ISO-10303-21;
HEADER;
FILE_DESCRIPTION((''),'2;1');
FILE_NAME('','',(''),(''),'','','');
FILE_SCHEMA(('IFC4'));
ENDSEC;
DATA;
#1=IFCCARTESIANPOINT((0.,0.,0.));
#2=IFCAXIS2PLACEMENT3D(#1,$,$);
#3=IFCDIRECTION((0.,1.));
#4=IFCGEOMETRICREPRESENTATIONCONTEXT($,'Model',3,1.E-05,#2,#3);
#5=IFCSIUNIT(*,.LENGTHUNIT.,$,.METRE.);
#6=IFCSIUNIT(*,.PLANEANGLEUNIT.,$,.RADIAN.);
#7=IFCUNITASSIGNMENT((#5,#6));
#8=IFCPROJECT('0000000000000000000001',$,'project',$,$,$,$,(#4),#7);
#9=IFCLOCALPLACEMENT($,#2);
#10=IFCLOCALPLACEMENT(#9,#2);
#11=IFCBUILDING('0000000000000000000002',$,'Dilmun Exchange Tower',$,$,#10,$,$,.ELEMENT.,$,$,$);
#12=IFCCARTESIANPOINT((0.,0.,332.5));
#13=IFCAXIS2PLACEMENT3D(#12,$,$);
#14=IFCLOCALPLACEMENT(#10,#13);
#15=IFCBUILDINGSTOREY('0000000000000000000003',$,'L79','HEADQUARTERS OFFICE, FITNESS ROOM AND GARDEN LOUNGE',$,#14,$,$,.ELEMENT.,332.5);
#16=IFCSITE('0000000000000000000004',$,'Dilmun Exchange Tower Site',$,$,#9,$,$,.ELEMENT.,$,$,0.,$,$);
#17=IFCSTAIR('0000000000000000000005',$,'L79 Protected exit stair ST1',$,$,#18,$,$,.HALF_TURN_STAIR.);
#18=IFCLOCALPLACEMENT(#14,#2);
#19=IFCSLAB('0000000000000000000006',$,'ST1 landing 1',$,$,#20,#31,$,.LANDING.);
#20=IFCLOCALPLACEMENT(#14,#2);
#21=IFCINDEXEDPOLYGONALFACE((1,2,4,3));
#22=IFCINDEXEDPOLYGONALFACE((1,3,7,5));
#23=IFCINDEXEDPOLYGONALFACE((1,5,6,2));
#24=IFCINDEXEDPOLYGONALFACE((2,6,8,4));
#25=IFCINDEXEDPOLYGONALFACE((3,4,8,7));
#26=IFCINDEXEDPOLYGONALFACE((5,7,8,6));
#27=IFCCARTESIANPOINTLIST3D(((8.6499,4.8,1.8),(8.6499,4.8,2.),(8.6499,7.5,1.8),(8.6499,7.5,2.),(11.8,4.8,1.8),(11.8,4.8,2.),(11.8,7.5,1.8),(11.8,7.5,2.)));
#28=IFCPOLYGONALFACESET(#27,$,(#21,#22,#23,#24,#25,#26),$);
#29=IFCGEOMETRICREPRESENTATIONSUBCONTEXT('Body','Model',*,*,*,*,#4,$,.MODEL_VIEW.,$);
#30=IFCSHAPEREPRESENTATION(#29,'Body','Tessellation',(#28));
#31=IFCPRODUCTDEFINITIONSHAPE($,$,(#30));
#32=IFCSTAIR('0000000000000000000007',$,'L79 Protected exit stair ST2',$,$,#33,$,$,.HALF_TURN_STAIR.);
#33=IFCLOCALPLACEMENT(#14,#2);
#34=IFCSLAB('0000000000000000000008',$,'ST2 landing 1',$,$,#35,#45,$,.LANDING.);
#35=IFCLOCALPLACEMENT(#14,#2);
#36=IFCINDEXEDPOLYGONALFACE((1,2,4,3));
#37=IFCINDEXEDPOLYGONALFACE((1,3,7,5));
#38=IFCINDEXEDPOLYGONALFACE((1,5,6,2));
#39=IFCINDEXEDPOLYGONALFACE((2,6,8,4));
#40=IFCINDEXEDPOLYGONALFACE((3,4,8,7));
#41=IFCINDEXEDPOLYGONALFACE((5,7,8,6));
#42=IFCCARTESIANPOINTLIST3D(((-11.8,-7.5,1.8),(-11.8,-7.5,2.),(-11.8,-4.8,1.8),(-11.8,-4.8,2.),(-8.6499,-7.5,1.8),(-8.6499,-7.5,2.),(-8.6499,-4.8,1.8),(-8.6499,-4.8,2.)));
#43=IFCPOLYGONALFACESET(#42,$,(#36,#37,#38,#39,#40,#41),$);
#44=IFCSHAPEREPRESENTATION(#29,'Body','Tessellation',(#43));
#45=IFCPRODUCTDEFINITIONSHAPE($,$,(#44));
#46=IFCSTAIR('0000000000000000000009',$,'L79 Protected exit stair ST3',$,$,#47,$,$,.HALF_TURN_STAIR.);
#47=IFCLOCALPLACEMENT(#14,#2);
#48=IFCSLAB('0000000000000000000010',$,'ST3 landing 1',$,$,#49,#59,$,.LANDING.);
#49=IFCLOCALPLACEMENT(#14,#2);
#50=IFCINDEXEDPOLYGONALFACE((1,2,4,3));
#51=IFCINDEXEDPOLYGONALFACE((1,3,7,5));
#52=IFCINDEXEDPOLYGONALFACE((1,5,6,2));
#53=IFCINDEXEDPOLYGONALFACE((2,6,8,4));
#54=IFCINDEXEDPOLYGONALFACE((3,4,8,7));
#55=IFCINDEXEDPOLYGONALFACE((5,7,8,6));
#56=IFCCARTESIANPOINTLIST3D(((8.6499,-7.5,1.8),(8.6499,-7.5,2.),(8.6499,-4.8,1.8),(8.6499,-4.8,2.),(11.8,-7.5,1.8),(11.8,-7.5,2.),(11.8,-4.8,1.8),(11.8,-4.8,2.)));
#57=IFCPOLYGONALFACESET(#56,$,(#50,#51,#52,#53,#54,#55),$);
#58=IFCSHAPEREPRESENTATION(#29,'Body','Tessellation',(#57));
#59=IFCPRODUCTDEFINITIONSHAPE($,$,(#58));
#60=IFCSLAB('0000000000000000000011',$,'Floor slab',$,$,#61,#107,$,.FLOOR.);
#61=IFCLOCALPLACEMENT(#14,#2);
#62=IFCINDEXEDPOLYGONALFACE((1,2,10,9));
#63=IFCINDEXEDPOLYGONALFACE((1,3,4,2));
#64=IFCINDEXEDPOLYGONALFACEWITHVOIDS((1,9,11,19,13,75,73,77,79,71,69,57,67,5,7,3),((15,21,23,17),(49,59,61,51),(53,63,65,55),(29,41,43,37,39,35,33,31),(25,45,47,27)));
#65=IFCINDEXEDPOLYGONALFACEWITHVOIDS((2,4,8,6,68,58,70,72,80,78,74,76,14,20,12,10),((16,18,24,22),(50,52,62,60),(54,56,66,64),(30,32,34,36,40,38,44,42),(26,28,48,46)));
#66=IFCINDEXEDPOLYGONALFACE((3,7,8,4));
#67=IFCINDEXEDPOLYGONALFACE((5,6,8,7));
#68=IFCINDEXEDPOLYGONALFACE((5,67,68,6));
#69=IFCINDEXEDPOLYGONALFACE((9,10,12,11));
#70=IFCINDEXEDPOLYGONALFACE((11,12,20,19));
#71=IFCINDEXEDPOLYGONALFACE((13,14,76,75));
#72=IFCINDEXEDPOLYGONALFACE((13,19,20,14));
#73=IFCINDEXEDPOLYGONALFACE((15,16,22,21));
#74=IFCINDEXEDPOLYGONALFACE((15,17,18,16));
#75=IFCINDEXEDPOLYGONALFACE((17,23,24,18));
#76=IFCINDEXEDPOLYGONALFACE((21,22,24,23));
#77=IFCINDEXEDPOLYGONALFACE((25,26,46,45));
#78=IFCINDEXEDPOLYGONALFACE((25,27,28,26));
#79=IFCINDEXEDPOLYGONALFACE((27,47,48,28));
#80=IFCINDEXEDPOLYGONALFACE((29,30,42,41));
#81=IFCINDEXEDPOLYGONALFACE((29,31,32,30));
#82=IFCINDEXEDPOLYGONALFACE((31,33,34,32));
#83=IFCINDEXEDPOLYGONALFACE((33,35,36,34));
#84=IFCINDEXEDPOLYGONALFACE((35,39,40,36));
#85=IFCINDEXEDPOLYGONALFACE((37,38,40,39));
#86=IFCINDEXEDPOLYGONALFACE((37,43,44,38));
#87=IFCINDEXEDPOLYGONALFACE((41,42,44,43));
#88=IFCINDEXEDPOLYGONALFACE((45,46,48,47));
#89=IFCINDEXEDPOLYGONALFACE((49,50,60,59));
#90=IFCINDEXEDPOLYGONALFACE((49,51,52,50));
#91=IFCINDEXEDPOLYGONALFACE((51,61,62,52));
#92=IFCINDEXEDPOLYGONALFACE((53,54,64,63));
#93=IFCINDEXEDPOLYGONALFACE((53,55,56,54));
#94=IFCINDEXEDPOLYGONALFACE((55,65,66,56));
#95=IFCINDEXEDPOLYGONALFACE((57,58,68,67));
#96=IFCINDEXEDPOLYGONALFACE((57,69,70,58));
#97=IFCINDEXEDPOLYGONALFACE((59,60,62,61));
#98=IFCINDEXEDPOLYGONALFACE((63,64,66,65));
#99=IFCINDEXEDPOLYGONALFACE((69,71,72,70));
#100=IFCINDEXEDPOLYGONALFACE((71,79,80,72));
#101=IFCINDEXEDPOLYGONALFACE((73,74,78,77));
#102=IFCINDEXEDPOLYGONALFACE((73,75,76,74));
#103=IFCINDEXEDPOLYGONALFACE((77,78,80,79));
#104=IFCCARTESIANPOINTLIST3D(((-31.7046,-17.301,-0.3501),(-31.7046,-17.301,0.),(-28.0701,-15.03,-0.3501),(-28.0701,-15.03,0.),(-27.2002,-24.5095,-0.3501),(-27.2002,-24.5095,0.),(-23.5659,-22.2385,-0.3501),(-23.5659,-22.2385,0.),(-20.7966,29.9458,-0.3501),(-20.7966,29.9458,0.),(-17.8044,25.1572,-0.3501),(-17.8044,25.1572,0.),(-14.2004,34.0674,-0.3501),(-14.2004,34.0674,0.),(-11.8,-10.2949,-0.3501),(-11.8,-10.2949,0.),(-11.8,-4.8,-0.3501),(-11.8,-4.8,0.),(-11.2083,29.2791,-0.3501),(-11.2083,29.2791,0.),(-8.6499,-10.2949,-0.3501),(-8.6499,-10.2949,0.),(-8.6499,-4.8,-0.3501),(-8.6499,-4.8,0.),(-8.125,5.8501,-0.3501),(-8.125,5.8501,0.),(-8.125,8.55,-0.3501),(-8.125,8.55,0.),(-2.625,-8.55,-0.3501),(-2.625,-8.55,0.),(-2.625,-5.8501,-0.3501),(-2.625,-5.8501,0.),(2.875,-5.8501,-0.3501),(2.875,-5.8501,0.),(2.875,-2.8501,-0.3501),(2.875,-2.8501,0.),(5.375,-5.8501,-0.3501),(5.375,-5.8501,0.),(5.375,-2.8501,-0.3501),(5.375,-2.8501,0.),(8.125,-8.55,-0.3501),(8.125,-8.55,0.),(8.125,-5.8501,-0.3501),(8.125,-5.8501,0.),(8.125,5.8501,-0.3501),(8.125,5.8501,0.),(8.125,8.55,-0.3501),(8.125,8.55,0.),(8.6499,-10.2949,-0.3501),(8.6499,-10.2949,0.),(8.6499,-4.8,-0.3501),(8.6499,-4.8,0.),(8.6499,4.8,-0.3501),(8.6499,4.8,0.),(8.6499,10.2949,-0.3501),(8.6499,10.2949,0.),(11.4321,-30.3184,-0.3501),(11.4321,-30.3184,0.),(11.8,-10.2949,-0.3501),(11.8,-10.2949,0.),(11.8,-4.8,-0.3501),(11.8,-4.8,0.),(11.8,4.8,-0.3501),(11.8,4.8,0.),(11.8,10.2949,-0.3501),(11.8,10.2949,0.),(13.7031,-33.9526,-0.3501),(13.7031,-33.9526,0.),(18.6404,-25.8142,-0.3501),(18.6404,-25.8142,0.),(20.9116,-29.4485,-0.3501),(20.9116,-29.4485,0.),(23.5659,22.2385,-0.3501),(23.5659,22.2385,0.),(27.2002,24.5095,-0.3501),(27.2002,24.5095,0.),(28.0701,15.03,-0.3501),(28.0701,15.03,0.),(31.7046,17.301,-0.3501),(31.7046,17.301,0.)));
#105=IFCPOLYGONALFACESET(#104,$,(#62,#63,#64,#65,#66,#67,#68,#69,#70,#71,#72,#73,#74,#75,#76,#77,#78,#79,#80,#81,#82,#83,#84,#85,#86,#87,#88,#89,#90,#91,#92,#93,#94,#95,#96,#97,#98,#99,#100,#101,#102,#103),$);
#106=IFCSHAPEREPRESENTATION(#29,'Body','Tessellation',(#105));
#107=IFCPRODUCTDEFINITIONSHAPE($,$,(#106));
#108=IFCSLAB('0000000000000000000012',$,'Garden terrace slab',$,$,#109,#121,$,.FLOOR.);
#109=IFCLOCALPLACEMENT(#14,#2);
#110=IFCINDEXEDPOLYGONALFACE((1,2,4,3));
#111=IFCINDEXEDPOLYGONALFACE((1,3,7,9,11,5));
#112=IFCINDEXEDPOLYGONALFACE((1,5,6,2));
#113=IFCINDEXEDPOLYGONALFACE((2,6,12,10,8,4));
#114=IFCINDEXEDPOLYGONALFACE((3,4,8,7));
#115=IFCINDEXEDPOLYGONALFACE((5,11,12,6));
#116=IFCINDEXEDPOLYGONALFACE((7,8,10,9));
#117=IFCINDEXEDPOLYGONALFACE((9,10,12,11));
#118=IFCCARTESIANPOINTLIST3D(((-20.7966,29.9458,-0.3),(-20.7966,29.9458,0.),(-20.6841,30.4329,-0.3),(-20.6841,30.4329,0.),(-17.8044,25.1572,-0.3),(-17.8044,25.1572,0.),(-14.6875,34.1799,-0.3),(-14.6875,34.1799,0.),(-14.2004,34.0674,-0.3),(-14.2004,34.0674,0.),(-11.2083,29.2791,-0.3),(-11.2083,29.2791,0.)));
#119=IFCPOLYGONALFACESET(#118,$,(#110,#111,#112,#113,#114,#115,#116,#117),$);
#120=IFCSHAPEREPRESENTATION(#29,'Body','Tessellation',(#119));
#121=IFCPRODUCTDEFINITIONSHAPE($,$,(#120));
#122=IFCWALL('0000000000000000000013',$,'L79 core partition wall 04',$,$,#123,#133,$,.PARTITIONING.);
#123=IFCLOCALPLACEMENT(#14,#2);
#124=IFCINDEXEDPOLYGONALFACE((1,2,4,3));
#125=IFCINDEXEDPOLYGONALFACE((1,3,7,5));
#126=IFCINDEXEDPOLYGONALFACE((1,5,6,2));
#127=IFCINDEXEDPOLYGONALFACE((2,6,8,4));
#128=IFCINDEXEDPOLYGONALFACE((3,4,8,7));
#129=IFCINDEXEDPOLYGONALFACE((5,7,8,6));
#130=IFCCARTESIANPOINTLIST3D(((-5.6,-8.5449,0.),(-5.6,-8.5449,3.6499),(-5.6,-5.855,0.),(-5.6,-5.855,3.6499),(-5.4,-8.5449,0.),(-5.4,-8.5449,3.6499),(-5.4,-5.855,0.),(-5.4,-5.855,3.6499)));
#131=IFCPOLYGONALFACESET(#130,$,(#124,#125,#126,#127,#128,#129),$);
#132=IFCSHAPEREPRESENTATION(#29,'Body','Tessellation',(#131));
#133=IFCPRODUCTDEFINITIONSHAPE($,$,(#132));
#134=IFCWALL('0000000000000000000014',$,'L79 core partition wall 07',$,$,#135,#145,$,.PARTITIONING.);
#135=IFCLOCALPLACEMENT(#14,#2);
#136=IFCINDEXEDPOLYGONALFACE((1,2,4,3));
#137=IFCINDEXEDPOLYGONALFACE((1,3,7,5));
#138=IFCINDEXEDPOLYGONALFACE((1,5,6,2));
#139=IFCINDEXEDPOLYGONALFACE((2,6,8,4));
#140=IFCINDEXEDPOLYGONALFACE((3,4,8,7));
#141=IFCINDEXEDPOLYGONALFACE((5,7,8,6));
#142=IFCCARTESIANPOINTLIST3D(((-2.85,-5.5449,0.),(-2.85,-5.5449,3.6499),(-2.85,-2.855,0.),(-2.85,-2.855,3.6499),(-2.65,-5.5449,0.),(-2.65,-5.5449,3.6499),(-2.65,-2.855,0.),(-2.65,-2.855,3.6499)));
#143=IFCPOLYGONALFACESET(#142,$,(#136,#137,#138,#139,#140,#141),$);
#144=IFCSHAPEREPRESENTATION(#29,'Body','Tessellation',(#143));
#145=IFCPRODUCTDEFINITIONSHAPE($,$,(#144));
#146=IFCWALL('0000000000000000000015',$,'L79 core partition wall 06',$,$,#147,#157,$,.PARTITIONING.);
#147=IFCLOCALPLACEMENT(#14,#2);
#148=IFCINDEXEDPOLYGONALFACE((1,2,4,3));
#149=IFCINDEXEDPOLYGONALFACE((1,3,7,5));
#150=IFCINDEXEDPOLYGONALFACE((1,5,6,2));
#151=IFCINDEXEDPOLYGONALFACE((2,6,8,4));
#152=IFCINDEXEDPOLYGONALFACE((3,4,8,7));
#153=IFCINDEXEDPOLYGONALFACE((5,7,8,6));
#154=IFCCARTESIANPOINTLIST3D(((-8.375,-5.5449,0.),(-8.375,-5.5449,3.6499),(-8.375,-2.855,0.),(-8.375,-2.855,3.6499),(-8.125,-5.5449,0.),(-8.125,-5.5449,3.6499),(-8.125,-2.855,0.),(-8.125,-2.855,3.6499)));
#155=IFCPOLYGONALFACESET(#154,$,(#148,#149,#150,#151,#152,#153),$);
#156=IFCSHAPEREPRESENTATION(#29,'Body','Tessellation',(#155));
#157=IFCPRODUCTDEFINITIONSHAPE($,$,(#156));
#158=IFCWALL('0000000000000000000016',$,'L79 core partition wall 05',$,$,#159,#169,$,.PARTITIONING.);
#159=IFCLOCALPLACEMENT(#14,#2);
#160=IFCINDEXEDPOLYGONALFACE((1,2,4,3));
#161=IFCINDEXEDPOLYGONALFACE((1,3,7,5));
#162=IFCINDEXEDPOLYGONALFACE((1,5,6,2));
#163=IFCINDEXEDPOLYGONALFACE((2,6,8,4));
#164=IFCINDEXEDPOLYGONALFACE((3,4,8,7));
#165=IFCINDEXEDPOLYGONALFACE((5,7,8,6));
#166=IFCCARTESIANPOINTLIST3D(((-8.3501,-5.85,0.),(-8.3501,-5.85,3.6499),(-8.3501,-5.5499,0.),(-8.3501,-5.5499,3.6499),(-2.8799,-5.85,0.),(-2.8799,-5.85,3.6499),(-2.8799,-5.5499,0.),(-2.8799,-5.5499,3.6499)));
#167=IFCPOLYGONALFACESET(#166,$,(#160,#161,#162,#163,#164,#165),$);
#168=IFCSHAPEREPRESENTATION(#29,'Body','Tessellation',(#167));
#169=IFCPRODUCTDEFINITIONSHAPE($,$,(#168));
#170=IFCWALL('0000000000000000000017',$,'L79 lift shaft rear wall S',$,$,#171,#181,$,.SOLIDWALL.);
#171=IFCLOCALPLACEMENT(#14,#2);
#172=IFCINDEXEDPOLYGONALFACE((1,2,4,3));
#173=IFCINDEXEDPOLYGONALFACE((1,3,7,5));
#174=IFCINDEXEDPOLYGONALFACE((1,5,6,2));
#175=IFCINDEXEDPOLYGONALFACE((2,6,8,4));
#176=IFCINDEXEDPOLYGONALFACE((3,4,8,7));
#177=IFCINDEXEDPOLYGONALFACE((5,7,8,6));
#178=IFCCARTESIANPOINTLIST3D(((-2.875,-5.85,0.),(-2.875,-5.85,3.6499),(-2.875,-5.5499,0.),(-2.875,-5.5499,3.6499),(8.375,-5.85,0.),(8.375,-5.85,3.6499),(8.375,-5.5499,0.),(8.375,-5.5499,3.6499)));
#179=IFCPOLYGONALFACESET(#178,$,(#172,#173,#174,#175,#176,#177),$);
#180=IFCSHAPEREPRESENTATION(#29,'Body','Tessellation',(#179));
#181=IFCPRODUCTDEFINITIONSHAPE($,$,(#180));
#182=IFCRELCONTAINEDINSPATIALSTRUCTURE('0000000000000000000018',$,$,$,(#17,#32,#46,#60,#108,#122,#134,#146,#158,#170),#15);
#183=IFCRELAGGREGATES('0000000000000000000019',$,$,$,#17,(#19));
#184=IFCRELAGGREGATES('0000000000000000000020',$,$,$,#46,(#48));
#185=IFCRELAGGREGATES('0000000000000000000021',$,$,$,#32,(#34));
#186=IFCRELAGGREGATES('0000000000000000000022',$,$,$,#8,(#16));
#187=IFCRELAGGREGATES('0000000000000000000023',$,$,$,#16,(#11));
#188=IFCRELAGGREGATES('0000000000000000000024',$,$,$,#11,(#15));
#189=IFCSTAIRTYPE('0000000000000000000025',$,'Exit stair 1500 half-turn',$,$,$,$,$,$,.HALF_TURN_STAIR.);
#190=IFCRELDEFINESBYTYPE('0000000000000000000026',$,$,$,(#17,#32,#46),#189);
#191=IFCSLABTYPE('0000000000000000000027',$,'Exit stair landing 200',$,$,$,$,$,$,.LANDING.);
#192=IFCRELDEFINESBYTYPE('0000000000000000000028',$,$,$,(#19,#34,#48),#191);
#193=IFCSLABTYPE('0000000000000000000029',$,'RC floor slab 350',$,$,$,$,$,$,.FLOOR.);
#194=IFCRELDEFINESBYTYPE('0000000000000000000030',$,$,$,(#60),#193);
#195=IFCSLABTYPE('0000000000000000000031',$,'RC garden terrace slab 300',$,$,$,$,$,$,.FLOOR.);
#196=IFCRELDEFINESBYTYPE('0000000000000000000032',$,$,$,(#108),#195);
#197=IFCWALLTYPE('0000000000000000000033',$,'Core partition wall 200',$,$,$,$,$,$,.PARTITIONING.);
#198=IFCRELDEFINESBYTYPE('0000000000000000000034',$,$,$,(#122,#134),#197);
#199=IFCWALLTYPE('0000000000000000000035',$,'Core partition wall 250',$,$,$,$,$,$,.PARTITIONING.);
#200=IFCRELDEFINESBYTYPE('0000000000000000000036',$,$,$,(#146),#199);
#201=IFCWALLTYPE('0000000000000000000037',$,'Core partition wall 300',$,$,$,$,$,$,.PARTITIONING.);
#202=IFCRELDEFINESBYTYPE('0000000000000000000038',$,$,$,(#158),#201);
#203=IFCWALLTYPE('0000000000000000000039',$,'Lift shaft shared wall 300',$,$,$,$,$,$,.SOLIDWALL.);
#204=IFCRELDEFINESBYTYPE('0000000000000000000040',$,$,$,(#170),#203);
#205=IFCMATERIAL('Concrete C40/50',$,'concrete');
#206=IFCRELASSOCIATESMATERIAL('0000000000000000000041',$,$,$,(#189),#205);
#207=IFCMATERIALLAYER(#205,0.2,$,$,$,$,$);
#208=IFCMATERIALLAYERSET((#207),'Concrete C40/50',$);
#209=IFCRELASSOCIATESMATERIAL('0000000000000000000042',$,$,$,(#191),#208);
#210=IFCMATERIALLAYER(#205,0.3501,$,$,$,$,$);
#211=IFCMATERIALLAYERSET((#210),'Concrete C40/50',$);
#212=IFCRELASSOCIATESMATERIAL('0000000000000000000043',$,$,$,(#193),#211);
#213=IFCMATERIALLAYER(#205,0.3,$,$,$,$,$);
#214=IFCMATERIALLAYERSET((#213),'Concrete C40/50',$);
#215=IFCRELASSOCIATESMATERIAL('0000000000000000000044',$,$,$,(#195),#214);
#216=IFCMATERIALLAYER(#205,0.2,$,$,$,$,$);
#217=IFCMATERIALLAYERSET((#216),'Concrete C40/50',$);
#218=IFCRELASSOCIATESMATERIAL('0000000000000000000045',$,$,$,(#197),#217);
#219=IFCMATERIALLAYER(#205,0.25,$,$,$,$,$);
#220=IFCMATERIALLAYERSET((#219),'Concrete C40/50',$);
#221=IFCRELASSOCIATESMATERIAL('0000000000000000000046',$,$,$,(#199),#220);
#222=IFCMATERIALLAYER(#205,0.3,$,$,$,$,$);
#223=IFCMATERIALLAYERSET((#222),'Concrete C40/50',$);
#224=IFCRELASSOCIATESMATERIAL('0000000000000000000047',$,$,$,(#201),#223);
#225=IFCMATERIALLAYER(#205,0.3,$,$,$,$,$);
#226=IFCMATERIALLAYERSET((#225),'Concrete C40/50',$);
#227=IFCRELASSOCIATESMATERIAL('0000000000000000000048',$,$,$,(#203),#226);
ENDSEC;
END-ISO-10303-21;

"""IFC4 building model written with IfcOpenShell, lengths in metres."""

from ifc_helpers import new_model, si_unit, direction, frame, frame_2d, origin, place, context, subcontext, project, spatial, polyline, rectangle, outline, extrude, material, layer, layer_set, type_object, element, aggregate, save


model = new_model("IFC4")

# Units and contexts
model_context = context("Model", 3, precision=1e-05, world=origin(), true_north=direction((0.0, 1.0)))
body_context = subcontext(model_context, "Body", "Model", "MODEL_VIEW")
ifc_project = project(units=[si_unit("LENGTHUNIT", "METRE"), si_unit("PLANEANGLEUNIT", "RADIAN")], contexts=[model_context])

# Site, building, storey
site_placement = place(None, origin())
site = spatial("IfcSite", under=ifc_project, at=site_placement, Name="Dilmun Exchange Tower Site", CompositionType="ELEMENT", RefElevation=0.0)
building_placement = place(site_placement, origin())
building = spatial("IfcBuilding", under=site, at=building_placement, Name="Dilmun Exchange Tower", CompositionType="ELEMENT")
storey_placement = place(building_placement, frame((0.0, 0.0, 332.5)))
storey = spatial("IfcBuildingStorey", under=building, at=storey_placement, Name="L79", Description="HEADQUARTERS OFFICE, FITNESS ROOM AND GARDEN LOUNGE", CompositionType="ELEMENT", Elevation=332.5)

# Stairs, slabs
ifc_material_1 = material(Name="Concrete C40/50", Category="concrete")
stair_type = type_object("IfcStairType", Name="Exit stair 1500 half-turn", PredefinedType="HALF_TURN_STAIR", material=ifc_material_1)
stair_1_placement = place(storey_placement, origin())
stair_1 = element("IfcStair", 1, at=stair_1_placement, inside=storey, type_object=stair_type, Name="L79 Protected exit stair ST1", PredefinedType="HALF_TURN_STAIR")
ifc_layer_1 = layer(ifc_material_1, 0.2)
ifc_layer_set_1 = layer_set([ifc_layer_1], Name="Concrete C40/50")
slab_type_1 = type_object("IfcSlabType", Name="Exit stair landing 200", PredefinedType="LANDING", material=ifc_layer_set_1)
slab_1_placement = place(storey_placement, frame((0.0, 0.0, 1.8)))
slab_1 = element("IfcSlab", 2, at=slab_1_placement, type_object=slab_type_1, Name="ST1 landing 1", PredefinedType="LANDING", context=body_context, shape_type="SweptSolid", body=[
    extrude(outline(polyline([(8.6499, 7.5), (8.6499, 4.8), (11.8, 4.8), (11.8, 7.5), (8.6499, 7.5)])), origin(), (0.0, 0.0, 1.0), 0.2),
])
aggregate(stair_1, [slab_1])
stair_2_placement = place(storey_placement, origin())
stair_2 = element("IfcStair", 3, at=stair_2_placement, inside=storey, type_object=stair_type, Name="L79 Protected exit stair ST2", PredefinedType="HALF_TURN_STAIR")
slab_2_placement = place(storey_placement, frame((0.0, 0.0, 1.8)))
slab_2 = element("IfcSlab", 4, at=slab_2_placement, type_object=slab_type_1, Name="ST2 landing 1", PredefinedType="LANDING", context=body_context, shape_type="SweptSolid", body=[
    extrude(outline(polyline([(-8.6499, -7.5), (-8.6499, -4.8), (-11.8, -4.8), (-11.8, -7.5), (-8.6499, -7.5)])), origin(), (0.0, 0.0, 1.0), 0.2),
])
stair_3_placement = place(storey_placement, origin())
stair_3 = element("IfcStair", 5, at=stair_3_placement, inside=storey, type_object=stair_type, Name="L79 Protected exit stair ST3", PredefinedType="HALF_TURN_STAIR")
slab_3_placement = place(storey_placement, frame((0.0, 0.0, 1.8)))
slab_3 = element("IfcSlab", 6, at=slab_3_placement, type_object=slab_type_1, Name="ST3 landing 1", PredefinedType="LANDING", context=body_context, shape_type="SweptSolid", body=[
    extrude(outline(polyline([(11.8, -7.5), (11.8, -4.8), (8.6499, -4.8), (8.6499, -7.5), (11.8, -7.5)])), origin(), (0.0, 0.0, 1.0), 0.2),
])
aggregate(stair_3, [slab_3])

# Slabs
ifc_layer_2 = layer(ifc_material_1, 0.3501)
ifc_layer_set_2 = layer_set([ifc_layer_2], Name="Concrete C40/50")
slab_type_2 = type_object("IfcSlabType", Name="RC floor slab 350", PredefinedType="FLOOR", material=ifc_layer_set_2)
slab_4_placement = place(storey_placement, frame((0.0, 0.0, -0.3501)))
element("IfcSlab", 7, at=slab_4_placement, inside=storey, type_object=slab_type_2, Name="Floor slab", PredefinedType="FLOOR", context=body_context, shape_type="SweptSolid", body=[
    extrude(outline(polyline([(23.5659, 22.2385), (28.0701, 15.03), (31.7046, 17.301), (20.9116, -29.4485), (18.6404, -25.8142), (11.4321, -30.3184), (13.7031, -33.9526), (-27.2002, -24.5095), (-23.5659, -22.2385), (-28.0701, -15.03), (-31.7046, -17.301), (-20.7966, 29.9458), (-17.8044, 25.1572), (-11.2083, 29.2791), (-14.2004, 34.0674), (27.2002, 24.5095), (23.5659, 22.2385)]), holes=[polyline([(-8.6499, -4.8), (-11.8, -4.8), (-11.8, -10.2949), (-8.6499, -10.2949), (-8.6499, -4.8)]), polyline([(11.8, -4.8), (8.6499, -4.8), (8.6499, -10.2949), (11.8, -10.2949), (11.8, -4.8)]), polyline([(2.875, -5.8501), (-2.625, -5.8501), (-2.625, -8.55), (8.125, -8.55), (8.125, -5.8501), (5.375, -5.8501), (5.375, -2.8501), (2.875, -2.8501), (2.875, -5.8501)]), polyline([(8.125, 5.8501), (8.125, 8.55), (-8.125, 8.55), (-8.125, 5.8501), (8.125, 5.8501)]), polyline([(8.6499, 10.2949), (8.6499, 4.8), (11.8, 4.8), (11.8, 10.2949), (8.6499, 10.2949)])]), origin(), (0.0, 0.0, 1.0), 0.3501),
])
ifc_layer_3 = layer(ifc_material_1, 0.3)
ifc_layer_set_3 = layer_set([ifc_layer_3], Name="Concrete C40/50")
slab_type_3 = type_object("IfcSlabType", Name="RC garden terrace slab 300", PredefinedType="FLOOR", material=ifc_layer_set_3)
slab_5_placement = place(storey_placement, frame((0.0, 0.0, -0.3)))
element("IfcSlab", 8, at=slab_5_placement, inside=storey, type_object=slab_type_3, Name="Garden terrace slab", PredefinedType="FLOOR", context=body_context, shape_type="SweptSolid", body=[
    extrude(outline(polyline([(-17.8044, 25.1572), (-20.7966, 29.9458), (-20.6841, 30.4329), (-14.6875, 34.1799), (-14.2004, 34.0674), (-11.2083, 29.2791), (-17.8044, 25.1572)])), origin(), (0.0, 0.0, 1.0), 0.3),
])

# Walls
ifc_layer_4 = layer(ifc_material_1, 0.2)
ifc_layer_set_4 = layer_set([ifc_layer_4], Name="Concrete C40/50")
wall_type_1 = type_object("IfcWallType", Name="Core partition wall 200", PredefinedType="PARTITIONING", material=ifc_layer_set_4)
for number, where, z_axis, x_axis, name in (
    (9, (-5.5, -8.5449, 0.0), (0.0, 0.0, 1.0), (0.0, 1.0, 0.0), "L79 core partition wall 04"),
    (10, (-2.75, -5.5449, 0.0), (0.0, 0.0, 1.0), (0.0, 1.0, 0.0), "L79 core partition wall 07"),
):
    element("IfcWall", number, at=place(storey_placement, frame(where, z_axis=z_axis, x_axis=x_axis)), inside=storey, type_object=wall_type_1, Name=name, PredefinedType="PARTITIONING", context=body_context, shape_type="SweptSolid", body=[
        extrude(rectangle(XDim=2.6899, YDim=0.2, at=frame_2d((1.345, 0.0))), origin(), (0.0, 0.0, 1.0), 3.6499),
    ])

# Walls
ifc_layer_5 = layer(ifc_material_1, 0.25)
ifc_layer_set_5 = layer_set([ifc_layer_5], Name="Concrete C40/50")
wall_type_2 = type_object("IfcWallType", Name="Core partition wall 250", PredefinedType="PARTITIONING", material=ifc_layer_set_5)
wall_1_placement = place(storey_placement, frame((-8.25, -5.5449, 0.0), z_axis=(0.0, 0.0, 1.0), x_axis=(0.0, 1.0, 0.0)))
element("IfcWall", 11, at=wall_1_placement, inside=storey, type_object=wall_type_2, Name="L79 core partition wall 06", PredefinedType="PARTITIONING", context=body_context, shape_type="SweptSolid", body=[
    extrude(rectangle(XDim=2.6899, YDim=0.25, at=frame_2d((1.345, 0.0))), origin(), (0.0, 0.0, 1.0), 3.6499),
])
ifc_layer_6 = layer(ifc_material_1, 0.3)
ifc_layer_set_6 = layer_set([ifc_layer_6], Name="Concrete C40/50")
wall_type_3 = type_object("IfcWallType", Name="Core partition wall 300", PredefinedType="PARTITIONING", material=ifc_layer_set_6)
wall_2_placement = place(storey_placement, frame((-8.3501, -5.7, 0.0), z_axis=(0.0, 0.0, 1.0), x_axis=(1.0, 0.0, 0.0)))
element("IfcWall", 12, at=wall_2_placement, inside=storey, type_object=wall_type_3, Name="L79 core partition wall 05", PredefinedType="PARTITIONING", context=body_context, shape_type="SweptSolid", body=[
    extrude(rectangle(XDim=5.4702, YDim=0.3, at=frame_2d((2.7351, 0.0))), origin(), (0.0, 0.0, 1.0), 3.6499),
])
ifc_layer_7 = layer(ifc_material_1, 0.3)
ifc_layer_set_7 = layer_set([ifc_layer_7], Name="Concrete C40/50")
wall_type_4 = type_object("IfcWallType", Name="Lift shaft shared wall 300", PredefinedType="SOLIDWALL", material=ifc_layer_set_7)
wall_3_placement = place(storey_placement, frame((-2.875, -5.7, 0.0), z_axis=(0.0, 0.0, 1.0), x_axis=(1.0, 0.0, 0.0)))
element("IfcWall", 13, at=wall_3_placement, inside=storey, type_object=wall_type_4, Name="L79 lift shaft rear wall S", PredefinedType="SOLIDWALL", context=body_context, shape_type="SweptSolid", body=[
    extrude(rectangle(XDim=11.25, YDim=0.3, at=frame_2d((5.625, 0.0))), origin(), (0.0, 0.0, 1.0), 3.6499),
])

aggregate(stair_2, [slab_2])

save(model, "model.ifc")
